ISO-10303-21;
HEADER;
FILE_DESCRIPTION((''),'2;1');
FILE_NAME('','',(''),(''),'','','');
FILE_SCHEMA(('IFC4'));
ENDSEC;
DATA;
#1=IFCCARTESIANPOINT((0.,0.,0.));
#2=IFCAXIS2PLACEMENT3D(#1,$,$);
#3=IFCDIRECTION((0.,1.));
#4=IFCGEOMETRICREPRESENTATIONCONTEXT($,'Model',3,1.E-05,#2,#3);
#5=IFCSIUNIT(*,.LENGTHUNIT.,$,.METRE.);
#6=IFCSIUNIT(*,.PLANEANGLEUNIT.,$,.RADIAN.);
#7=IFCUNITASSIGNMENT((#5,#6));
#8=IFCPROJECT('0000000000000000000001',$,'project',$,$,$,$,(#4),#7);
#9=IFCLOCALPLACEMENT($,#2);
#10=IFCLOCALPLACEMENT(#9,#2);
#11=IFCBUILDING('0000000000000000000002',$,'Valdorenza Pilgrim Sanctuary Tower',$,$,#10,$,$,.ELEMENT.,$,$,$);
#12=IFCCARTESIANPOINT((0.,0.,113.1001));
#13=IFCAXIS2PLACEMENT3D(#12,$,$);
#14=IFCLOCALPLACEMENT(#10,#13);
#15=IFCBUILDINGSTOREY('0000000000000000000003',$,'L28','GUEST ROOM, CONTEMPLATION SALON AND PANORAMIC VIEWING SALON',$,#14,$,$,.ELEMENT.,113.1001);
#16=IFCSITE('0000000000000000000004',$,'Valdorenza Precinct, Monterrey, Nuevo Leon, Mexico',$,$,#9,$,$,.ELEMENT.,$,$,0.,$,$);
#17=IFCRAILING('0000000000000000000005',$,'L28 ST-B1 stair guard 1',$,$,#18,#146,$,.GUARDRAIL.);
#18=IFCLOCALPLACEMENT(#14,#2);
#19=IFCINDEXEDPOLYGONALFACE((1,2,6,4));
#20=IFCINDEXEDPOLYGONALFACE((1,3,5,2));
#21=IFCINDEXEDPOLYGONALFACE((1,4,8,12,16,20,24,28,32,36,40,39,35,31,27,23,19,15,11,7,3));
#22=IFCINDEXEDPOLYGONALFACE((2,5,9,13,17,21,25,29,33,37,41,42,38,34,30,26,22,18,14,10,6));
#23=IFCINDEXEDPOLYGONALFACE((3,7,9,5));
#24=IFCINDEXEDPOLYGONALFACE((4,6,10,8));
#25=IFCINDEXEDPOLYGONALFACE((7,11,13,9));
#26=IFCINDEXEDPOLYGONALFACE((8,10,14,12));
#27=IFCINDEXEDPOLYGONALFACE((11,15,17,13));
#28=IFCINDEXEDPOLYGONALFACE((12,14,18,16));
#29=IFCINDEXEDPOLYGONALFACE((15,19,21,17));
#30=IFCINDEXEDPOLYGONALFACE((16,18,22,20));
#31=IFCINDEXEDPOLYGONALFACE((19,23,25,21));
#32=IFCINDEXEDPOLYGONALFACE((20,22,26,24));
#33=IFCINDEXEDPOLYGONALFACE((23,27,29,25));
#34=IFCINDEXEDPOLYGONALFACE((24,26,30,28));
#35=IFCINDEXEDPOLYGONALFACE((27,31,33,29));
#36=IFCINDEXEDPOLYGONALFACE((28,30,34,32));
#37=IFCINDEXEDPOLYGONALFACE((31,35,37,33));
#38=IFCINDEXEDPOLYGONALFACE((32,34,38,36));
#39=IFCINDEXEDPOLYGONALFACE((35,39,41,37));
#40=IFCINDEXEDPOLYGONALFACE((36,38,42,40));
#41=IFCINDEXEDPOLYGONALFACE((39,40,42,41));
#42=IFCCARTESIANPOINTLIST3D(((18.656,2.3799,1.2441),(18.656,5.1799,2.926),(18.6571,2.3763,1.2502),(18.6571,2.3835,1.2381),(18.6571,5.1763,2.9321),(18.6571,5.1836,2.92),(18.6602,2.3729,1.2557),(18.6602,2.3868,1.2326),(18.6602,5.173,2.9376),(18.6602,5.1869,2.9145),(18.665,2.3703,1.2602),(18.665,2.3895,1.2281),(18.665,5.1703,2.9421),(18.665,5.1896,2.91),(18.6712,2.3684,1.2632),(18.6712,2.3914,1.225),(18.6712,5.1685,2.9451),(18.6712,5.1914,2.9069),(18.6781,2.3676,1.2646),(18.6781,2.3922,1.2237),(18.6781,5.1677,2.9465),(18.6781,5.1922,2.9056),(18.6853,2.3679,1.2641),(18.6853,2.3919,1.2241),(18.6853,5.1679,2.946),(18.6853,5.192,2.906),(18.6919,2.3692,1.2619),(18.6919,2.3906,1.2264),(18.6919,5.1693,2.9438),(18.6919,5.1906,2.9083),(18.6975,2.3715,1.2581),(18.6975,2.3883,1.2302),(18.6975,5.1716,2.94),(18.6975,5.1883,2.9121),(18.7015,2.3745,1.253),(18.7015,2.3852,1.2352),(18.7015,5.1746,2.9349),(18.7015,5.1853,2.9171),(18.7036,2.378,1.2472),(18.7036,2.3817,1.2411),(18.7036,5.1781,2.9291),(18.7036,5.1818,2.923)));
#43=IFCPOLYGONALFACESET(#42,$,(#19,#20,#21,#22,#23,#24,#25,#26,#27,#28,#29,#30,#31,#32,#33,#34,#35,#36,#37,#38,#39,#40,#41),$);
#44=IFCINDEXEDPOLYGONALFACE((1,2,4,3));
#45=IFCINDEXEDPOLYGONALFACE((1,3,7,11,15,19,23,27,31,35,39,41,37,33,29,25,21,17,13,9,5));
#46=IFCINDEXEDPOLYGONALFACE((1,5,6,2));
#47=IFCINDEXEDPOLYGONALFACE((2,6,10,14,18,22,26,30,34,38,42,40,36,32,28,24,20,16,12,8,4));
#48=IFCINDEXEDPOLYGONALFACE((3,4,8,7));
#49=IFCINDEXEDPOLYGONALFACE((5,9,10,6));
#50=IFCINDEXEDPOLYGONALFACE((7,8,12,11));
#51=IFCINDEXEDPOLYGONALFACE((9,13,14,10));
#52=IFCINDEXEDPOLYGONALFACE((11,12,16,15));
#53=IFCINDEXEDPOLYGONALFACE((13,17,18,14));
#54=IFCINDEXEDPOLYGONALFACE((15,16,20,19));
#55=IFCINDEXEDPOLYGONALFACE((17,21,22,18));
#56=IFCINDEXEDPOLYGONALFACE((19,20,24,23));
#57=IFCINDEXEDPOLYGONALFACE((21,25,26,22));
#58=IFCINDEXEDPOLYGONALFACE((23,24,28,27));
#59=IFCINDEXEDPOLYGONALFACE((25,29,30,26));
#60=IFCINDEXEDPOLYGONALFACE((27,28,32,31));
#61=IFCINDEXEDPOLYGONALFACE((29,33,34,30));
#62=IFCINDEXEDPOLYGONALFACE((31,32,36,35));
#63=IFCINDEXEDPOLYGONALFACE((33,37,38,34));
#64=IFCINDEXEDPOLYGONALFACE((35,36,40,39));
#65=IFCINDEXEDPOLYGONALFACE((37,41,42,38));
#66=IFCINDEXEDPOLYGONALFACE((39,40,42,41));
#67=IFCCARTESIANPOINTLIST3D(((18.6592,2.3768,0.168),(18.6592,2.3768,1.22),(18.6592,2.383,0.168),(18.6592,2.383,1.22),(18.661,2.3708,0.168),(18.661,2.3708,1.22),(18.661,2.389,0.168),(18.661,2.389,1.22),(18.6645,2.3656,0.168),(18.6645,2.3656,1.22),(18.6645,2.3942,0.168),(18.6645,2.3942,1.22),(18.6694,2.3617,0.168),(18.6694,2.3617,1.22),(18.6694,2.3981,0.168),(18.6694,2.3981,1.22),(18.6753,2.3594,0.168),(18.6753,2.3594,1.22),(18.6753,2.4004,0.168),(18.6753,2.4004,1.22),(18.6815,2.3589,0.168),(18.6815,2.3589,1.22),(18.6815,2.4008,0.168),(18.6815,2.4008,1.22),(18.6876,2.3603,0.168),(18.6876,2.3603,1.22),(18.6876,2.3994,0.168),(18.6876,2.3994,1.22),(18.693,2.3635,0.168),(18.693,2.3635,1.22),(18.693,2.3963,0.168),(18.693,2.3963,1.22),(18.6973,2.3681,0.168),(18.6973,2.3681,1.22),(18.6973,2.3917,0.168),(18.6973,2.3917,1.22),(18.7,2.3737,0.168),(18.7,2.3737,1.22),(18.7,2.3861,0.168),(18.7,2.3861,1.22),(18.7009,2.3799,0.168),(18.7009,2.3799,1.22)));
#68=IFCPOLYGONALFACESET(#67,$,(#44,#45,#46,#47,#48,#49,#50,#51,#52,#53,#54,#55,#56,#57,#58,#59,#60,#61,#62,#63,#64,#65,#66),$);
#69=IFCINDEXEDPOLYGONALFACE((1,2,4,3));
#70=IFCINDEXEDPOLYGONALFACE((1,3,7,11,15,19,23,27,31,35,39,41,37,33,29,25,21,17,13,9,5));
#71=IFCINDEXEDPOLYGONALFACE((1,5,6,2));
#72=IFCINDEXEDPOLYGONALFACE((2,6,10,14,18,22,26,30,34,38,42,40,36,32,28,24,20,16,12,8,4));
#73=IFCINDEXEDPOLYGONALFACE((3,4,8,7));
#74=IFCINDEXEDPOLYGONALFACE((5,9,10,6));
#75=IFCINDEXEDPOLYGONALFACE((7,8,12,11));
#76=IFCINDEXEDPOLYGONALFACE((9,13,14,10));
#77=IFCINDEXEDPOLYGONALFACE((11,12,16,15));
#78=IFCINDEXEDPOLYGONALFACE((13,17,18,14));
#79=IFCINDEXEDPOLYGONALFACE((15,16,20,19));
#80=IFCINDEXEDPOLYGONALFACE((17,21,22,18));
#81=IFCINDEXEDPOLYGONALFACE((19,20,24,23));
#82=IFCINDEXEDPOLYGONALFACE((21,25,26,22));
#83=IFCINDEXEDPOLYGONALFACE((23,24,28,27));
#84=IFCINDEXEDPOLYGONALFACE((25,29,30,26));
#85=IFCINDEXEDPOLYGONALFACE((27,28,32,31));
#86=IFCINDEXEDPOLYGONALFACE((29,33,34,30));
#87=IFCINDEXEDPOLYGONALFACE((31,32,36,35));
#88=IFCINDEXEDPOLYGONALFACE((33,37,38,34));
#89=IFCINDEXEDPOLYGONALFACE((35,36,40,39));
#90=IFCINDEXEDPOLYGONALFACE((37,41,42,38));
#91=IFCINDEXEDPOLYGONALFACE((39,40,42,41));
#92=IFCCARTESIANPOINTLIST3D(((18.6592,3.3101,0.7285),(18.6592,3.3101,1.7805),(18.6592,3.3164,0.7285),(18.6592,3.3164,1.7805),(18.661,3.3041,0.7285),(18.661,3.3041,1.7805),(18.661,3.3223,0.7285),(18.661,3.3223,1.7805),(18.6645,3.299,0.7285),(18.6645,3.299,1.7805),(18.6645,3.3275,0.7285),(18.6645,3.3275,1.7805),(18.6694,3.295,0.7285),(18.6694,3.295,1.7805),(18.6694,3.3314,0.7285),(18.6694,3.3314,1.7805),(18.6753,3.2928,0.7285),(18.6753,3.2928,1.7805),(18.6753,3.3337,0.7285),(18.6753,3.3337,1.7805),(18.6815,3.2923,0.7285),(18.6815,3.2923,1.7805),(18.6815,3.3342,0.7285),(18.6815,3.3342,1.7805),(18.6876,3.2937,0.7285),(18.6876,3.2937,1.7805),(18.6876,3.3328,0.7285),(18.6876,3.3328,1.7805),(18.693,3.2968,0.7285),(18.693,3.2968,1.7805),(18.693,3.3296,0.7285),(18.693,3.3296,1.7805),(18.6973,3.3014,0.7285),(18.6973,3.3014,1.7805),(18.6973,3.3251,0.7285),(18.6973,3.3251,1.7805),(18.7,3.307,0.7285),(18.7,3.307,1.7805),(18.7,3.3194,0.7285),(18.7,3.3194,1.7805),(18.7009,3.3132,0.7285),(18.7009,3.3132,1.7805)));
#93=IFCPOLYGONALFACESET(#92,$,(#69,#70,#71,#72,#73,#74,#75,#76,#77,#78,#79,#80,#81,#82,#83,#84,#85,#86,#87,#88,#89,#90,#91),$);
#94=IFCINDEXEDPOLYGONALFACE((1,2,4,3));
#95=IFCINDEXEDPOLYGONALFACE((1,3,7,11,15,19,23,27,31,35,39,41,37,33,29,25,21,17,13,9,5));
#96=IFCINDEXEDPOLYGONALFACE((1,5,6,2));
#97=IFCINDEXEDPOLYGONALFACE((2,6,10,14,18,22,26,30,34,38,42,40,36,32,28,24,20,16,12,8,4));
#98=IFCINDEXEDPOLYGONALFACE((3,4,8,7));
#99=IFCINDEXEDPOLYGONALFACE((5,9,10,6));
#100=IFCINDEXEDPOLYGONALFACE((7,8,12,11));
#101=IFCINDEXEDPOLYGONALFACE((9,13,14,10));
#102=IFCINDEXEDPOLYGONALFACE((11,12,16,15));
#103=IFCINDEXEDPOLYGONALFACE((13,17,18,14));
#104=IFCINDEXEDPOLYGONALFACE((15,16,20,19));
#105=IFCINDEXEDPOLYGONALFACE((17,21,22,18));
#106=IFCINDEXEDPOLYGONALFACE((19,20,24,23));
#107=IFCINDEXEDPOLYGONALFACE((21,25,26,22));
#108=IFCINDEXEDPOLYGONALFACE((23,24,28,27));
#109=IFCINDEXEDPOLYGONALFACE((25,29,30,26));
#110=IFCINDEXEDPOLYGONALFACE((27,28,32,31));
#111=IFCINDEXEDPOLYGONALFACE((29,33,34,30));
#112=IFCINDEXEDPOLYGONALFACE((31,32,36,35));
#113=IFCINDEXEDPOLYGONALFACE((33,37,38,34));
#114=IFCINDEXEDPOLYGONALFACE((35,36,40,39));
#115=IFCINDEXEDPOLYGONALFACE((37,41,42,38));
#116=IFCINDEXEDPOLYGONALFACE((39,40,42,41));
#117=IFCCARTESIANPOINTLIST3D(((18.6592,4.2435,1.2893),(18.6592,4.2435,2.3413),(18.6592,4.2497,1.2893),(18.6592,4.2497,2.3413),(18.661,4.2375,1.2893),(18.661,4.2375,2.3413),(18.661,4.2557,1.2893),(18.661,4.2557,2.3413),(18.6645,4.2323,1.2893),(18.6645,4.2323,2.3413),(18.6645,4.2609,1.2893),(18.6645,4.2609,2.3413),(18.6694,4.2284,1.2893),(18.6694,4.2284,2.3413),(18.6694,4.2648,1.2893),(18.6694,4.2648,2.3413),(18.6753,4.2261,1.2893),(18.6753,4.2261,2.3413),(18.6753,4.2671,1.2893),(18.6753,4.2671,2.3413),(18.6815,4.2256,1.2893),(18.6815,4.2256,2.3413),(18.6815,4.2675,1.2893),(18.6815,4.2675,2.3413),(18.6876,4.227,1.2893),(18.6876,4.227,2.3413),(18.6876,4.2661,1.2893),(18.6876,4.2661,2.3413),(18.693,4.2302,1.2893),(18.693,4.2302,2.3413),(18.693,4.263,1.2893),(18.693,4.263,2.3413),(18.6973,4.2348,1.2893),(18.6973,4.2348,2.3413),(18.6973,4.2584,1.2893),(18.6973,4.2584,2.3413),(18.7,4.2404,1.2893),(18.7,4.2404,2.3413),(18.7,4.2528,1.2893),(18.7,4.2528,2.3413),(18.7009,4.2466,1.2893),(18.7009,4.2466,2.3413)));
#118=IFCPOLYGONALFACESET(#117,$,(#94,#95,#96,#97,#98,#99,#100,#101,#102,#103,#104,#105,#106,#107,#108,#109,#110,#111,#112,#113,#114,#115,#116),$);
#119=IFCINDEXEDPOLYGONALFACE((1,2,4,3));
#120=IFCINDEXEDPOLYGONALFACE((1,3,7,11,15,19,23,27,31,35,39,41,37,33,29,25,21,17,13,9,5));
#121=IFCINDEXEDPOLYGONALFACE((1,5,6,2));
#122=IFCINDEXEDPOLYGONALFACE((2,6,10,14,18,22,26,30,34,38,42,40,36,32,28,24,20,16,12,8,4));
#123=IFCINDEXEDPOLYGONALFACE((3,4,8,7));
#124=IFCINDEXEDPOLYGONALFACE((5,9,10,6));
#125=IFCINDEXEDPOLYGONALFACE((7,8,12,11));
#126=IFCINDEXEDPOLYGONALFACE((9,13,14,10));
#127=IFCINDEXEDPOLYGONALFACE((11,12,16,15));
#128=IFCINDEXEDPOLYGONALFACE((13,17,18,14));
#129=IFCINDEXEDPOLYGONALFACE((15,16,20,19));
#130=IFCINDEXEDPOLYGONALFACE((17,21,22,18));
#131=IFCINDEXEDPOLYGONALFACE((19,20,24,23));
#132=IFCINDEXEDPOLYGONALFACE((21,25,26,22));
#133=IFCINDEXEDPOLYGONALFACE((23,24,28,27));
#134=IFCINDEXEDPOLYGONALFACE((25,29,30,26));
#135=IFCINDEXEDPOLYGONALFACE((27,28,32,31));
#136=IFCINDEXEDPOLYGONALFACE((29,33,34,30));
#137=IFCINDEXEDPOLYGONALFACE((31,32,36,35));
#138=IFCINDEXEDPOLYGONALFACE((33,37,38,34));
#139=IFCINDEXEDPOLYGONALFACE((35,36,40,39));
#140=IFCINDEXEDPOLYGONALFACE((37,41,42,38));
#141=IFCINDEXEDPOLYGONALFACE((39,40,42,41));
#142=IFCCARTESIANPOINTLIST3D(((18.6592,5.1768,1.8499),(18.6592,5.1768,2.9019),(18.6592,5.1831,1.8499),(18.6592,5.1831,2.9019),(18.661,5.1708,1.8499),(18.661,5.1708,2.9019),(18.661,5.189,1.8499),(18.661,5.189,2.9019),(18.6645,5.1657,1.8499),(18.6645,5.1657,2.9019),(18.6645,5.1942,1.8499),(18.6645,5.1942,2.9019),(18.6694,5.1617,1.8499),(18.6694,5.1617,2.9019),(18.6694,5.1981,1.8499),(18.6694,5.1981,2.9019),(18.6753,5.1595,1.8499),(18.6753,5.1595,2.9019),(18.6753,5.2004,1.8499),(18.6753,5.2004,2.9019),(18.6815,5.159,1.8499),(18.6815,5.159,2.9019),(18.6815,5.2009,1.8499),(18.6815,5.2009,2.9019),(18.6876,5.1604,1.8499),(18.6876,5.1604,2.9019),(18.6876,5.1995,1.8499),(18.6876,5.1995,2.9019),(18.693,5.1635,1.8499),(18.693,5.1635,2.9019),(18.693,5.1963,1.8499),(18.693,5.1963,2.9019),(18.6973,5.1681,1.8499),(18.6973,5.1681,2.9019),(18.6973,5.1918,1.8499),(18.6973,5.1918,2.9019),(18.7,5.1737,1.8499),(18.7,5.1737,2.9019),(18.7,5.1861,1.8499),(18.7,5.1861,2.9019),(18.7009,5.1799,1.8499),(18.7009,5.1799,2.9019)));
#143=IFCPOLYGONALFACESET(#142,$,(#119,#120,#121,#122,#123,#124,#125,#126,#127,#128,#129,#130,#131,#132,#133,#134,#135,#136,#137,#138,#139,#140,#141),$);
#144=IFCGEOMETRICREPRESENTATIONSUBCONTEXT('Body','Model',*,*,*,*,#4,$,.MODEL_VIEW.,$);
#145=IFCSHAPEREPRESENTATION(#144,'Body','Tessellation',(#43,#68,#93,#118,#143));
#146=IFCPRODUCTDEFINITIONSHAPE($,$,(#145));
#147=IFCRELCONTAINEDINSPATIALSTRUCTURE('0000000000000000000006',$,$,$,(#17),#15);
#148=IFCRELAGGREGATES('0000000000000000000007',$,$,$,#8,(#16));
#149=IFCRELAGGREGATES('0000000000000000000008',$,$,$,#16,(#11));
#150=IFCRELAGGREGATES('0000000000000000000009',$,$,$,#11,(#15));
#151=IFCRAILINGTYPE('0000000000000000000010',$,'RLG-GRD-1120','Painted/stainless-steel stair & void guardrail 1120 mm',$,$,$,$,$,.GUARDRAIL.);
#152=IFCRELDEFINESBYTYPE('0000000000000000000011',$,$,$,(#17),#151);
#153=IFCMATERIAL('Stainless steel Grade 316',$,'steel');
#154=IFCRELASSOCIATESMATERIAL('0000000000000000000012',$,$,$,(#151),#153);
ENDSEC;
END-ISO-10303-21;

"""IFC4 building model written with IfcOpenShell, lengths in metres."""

from ifc_helpers import new_model, si_unit, direction, frame, origin, origin_2d, place, context, subcontext, project, spatial, circle, extrude, material, type_object, element, save


model = new_model("IFC4")

# Units and contexts
model_context = context("Model", 3, precision=1e-05, world=origin(), true_north=direction((0.0, 1.0)))
body_context = subcontext(model_context, "Body", "Model", "MODEL_VIEW")
ifc_project = project(units=[si_unit("LENGTHUNIT", "METRE"), si_unit("PLANEANGLEUNIT", "RADIAN")], contexts=[model_context])

# Site, building, storey
site_placement = place(None, origin())
site = spatial("IfcSite", under=ifc_project, at=site_placement, Name="Valdorenza Precinct, Monterrey, Nuevo Leon, Mexico", CompositionType="ELEMENT", RefElevation=0.0)
building_placement = place(site_placement, origin())
building = spatial("IfcBuilding", under=site, at=building_placement, Name="Valdorenza Pilgrim Sanctuary Tower", CompositionType="ELEMENT")
storey_placement = place(building_placement, frame((0.0, 0.0, 113.1001)))
storey = spatial("IfcBuildingStorey", under=building, at=storey_placement, Name="L28", Description="GUEST ROOM, CONTEMPLATION SALON AND PANORAMIC VIEWING SALON", CompositionType="ELEMENT", Elevation=113.1001)

# Railing
ifc_material_1 = material(Name="Stainless steel Grade 316", Category="steel")
railing_type_1 = type_object("IfcRailingType", Name="RLG-GRD-1120", Description="Painted/stainless-steel stair & void guardrail 1120 mm", PredefinedType="GUARDRAIL", material=ifc_material_1)
railing_1_placement = place(storey_placement, frame((18.6799, 2.3799, 0.168)))
element("IfcRailing", 1, at=railing_1_placement, inside=storey, type_object=railing_type_1, Name="L28 ST-B1 stair guard 1", PredefinedType="GUARDRAIL", context=body_context, shape_type="SweptSolid", body=[
    extrude(circle(Radius=0.0239, at=origin_2d()), frame((0.0, 0.0, 1.0762), z_axis=(0.0, 0.857242, 0.514913), x_axis=(-1.0, 0.0, 0.0)), (0.0, 0.0, 1.0), 3.2664),
    extrude(circle(Radius=0.021, at=origin_2d()), origin(), (0.0, 0.0, 1.0), 1.052),
    extrude(circle(Radius=0.021, at=origin_2d()), frame((0.0, 0.9333, 0.5605)), (0.0, 0.0, 1.0), 1.052),
    extrude(circle(Radius=0.021, at=origin_2d()), frame((0.0, 1.8667, 1.1213)), (0.0, 0.0, 1.0), 1.052),
    extrude(circle(Radius=0.021, at=origin_2d()), frame((0.0, 2.8, 1.6819)), (0.0, 0.0, 1.0), 1.052),
])

save(model, "model.ifc")
